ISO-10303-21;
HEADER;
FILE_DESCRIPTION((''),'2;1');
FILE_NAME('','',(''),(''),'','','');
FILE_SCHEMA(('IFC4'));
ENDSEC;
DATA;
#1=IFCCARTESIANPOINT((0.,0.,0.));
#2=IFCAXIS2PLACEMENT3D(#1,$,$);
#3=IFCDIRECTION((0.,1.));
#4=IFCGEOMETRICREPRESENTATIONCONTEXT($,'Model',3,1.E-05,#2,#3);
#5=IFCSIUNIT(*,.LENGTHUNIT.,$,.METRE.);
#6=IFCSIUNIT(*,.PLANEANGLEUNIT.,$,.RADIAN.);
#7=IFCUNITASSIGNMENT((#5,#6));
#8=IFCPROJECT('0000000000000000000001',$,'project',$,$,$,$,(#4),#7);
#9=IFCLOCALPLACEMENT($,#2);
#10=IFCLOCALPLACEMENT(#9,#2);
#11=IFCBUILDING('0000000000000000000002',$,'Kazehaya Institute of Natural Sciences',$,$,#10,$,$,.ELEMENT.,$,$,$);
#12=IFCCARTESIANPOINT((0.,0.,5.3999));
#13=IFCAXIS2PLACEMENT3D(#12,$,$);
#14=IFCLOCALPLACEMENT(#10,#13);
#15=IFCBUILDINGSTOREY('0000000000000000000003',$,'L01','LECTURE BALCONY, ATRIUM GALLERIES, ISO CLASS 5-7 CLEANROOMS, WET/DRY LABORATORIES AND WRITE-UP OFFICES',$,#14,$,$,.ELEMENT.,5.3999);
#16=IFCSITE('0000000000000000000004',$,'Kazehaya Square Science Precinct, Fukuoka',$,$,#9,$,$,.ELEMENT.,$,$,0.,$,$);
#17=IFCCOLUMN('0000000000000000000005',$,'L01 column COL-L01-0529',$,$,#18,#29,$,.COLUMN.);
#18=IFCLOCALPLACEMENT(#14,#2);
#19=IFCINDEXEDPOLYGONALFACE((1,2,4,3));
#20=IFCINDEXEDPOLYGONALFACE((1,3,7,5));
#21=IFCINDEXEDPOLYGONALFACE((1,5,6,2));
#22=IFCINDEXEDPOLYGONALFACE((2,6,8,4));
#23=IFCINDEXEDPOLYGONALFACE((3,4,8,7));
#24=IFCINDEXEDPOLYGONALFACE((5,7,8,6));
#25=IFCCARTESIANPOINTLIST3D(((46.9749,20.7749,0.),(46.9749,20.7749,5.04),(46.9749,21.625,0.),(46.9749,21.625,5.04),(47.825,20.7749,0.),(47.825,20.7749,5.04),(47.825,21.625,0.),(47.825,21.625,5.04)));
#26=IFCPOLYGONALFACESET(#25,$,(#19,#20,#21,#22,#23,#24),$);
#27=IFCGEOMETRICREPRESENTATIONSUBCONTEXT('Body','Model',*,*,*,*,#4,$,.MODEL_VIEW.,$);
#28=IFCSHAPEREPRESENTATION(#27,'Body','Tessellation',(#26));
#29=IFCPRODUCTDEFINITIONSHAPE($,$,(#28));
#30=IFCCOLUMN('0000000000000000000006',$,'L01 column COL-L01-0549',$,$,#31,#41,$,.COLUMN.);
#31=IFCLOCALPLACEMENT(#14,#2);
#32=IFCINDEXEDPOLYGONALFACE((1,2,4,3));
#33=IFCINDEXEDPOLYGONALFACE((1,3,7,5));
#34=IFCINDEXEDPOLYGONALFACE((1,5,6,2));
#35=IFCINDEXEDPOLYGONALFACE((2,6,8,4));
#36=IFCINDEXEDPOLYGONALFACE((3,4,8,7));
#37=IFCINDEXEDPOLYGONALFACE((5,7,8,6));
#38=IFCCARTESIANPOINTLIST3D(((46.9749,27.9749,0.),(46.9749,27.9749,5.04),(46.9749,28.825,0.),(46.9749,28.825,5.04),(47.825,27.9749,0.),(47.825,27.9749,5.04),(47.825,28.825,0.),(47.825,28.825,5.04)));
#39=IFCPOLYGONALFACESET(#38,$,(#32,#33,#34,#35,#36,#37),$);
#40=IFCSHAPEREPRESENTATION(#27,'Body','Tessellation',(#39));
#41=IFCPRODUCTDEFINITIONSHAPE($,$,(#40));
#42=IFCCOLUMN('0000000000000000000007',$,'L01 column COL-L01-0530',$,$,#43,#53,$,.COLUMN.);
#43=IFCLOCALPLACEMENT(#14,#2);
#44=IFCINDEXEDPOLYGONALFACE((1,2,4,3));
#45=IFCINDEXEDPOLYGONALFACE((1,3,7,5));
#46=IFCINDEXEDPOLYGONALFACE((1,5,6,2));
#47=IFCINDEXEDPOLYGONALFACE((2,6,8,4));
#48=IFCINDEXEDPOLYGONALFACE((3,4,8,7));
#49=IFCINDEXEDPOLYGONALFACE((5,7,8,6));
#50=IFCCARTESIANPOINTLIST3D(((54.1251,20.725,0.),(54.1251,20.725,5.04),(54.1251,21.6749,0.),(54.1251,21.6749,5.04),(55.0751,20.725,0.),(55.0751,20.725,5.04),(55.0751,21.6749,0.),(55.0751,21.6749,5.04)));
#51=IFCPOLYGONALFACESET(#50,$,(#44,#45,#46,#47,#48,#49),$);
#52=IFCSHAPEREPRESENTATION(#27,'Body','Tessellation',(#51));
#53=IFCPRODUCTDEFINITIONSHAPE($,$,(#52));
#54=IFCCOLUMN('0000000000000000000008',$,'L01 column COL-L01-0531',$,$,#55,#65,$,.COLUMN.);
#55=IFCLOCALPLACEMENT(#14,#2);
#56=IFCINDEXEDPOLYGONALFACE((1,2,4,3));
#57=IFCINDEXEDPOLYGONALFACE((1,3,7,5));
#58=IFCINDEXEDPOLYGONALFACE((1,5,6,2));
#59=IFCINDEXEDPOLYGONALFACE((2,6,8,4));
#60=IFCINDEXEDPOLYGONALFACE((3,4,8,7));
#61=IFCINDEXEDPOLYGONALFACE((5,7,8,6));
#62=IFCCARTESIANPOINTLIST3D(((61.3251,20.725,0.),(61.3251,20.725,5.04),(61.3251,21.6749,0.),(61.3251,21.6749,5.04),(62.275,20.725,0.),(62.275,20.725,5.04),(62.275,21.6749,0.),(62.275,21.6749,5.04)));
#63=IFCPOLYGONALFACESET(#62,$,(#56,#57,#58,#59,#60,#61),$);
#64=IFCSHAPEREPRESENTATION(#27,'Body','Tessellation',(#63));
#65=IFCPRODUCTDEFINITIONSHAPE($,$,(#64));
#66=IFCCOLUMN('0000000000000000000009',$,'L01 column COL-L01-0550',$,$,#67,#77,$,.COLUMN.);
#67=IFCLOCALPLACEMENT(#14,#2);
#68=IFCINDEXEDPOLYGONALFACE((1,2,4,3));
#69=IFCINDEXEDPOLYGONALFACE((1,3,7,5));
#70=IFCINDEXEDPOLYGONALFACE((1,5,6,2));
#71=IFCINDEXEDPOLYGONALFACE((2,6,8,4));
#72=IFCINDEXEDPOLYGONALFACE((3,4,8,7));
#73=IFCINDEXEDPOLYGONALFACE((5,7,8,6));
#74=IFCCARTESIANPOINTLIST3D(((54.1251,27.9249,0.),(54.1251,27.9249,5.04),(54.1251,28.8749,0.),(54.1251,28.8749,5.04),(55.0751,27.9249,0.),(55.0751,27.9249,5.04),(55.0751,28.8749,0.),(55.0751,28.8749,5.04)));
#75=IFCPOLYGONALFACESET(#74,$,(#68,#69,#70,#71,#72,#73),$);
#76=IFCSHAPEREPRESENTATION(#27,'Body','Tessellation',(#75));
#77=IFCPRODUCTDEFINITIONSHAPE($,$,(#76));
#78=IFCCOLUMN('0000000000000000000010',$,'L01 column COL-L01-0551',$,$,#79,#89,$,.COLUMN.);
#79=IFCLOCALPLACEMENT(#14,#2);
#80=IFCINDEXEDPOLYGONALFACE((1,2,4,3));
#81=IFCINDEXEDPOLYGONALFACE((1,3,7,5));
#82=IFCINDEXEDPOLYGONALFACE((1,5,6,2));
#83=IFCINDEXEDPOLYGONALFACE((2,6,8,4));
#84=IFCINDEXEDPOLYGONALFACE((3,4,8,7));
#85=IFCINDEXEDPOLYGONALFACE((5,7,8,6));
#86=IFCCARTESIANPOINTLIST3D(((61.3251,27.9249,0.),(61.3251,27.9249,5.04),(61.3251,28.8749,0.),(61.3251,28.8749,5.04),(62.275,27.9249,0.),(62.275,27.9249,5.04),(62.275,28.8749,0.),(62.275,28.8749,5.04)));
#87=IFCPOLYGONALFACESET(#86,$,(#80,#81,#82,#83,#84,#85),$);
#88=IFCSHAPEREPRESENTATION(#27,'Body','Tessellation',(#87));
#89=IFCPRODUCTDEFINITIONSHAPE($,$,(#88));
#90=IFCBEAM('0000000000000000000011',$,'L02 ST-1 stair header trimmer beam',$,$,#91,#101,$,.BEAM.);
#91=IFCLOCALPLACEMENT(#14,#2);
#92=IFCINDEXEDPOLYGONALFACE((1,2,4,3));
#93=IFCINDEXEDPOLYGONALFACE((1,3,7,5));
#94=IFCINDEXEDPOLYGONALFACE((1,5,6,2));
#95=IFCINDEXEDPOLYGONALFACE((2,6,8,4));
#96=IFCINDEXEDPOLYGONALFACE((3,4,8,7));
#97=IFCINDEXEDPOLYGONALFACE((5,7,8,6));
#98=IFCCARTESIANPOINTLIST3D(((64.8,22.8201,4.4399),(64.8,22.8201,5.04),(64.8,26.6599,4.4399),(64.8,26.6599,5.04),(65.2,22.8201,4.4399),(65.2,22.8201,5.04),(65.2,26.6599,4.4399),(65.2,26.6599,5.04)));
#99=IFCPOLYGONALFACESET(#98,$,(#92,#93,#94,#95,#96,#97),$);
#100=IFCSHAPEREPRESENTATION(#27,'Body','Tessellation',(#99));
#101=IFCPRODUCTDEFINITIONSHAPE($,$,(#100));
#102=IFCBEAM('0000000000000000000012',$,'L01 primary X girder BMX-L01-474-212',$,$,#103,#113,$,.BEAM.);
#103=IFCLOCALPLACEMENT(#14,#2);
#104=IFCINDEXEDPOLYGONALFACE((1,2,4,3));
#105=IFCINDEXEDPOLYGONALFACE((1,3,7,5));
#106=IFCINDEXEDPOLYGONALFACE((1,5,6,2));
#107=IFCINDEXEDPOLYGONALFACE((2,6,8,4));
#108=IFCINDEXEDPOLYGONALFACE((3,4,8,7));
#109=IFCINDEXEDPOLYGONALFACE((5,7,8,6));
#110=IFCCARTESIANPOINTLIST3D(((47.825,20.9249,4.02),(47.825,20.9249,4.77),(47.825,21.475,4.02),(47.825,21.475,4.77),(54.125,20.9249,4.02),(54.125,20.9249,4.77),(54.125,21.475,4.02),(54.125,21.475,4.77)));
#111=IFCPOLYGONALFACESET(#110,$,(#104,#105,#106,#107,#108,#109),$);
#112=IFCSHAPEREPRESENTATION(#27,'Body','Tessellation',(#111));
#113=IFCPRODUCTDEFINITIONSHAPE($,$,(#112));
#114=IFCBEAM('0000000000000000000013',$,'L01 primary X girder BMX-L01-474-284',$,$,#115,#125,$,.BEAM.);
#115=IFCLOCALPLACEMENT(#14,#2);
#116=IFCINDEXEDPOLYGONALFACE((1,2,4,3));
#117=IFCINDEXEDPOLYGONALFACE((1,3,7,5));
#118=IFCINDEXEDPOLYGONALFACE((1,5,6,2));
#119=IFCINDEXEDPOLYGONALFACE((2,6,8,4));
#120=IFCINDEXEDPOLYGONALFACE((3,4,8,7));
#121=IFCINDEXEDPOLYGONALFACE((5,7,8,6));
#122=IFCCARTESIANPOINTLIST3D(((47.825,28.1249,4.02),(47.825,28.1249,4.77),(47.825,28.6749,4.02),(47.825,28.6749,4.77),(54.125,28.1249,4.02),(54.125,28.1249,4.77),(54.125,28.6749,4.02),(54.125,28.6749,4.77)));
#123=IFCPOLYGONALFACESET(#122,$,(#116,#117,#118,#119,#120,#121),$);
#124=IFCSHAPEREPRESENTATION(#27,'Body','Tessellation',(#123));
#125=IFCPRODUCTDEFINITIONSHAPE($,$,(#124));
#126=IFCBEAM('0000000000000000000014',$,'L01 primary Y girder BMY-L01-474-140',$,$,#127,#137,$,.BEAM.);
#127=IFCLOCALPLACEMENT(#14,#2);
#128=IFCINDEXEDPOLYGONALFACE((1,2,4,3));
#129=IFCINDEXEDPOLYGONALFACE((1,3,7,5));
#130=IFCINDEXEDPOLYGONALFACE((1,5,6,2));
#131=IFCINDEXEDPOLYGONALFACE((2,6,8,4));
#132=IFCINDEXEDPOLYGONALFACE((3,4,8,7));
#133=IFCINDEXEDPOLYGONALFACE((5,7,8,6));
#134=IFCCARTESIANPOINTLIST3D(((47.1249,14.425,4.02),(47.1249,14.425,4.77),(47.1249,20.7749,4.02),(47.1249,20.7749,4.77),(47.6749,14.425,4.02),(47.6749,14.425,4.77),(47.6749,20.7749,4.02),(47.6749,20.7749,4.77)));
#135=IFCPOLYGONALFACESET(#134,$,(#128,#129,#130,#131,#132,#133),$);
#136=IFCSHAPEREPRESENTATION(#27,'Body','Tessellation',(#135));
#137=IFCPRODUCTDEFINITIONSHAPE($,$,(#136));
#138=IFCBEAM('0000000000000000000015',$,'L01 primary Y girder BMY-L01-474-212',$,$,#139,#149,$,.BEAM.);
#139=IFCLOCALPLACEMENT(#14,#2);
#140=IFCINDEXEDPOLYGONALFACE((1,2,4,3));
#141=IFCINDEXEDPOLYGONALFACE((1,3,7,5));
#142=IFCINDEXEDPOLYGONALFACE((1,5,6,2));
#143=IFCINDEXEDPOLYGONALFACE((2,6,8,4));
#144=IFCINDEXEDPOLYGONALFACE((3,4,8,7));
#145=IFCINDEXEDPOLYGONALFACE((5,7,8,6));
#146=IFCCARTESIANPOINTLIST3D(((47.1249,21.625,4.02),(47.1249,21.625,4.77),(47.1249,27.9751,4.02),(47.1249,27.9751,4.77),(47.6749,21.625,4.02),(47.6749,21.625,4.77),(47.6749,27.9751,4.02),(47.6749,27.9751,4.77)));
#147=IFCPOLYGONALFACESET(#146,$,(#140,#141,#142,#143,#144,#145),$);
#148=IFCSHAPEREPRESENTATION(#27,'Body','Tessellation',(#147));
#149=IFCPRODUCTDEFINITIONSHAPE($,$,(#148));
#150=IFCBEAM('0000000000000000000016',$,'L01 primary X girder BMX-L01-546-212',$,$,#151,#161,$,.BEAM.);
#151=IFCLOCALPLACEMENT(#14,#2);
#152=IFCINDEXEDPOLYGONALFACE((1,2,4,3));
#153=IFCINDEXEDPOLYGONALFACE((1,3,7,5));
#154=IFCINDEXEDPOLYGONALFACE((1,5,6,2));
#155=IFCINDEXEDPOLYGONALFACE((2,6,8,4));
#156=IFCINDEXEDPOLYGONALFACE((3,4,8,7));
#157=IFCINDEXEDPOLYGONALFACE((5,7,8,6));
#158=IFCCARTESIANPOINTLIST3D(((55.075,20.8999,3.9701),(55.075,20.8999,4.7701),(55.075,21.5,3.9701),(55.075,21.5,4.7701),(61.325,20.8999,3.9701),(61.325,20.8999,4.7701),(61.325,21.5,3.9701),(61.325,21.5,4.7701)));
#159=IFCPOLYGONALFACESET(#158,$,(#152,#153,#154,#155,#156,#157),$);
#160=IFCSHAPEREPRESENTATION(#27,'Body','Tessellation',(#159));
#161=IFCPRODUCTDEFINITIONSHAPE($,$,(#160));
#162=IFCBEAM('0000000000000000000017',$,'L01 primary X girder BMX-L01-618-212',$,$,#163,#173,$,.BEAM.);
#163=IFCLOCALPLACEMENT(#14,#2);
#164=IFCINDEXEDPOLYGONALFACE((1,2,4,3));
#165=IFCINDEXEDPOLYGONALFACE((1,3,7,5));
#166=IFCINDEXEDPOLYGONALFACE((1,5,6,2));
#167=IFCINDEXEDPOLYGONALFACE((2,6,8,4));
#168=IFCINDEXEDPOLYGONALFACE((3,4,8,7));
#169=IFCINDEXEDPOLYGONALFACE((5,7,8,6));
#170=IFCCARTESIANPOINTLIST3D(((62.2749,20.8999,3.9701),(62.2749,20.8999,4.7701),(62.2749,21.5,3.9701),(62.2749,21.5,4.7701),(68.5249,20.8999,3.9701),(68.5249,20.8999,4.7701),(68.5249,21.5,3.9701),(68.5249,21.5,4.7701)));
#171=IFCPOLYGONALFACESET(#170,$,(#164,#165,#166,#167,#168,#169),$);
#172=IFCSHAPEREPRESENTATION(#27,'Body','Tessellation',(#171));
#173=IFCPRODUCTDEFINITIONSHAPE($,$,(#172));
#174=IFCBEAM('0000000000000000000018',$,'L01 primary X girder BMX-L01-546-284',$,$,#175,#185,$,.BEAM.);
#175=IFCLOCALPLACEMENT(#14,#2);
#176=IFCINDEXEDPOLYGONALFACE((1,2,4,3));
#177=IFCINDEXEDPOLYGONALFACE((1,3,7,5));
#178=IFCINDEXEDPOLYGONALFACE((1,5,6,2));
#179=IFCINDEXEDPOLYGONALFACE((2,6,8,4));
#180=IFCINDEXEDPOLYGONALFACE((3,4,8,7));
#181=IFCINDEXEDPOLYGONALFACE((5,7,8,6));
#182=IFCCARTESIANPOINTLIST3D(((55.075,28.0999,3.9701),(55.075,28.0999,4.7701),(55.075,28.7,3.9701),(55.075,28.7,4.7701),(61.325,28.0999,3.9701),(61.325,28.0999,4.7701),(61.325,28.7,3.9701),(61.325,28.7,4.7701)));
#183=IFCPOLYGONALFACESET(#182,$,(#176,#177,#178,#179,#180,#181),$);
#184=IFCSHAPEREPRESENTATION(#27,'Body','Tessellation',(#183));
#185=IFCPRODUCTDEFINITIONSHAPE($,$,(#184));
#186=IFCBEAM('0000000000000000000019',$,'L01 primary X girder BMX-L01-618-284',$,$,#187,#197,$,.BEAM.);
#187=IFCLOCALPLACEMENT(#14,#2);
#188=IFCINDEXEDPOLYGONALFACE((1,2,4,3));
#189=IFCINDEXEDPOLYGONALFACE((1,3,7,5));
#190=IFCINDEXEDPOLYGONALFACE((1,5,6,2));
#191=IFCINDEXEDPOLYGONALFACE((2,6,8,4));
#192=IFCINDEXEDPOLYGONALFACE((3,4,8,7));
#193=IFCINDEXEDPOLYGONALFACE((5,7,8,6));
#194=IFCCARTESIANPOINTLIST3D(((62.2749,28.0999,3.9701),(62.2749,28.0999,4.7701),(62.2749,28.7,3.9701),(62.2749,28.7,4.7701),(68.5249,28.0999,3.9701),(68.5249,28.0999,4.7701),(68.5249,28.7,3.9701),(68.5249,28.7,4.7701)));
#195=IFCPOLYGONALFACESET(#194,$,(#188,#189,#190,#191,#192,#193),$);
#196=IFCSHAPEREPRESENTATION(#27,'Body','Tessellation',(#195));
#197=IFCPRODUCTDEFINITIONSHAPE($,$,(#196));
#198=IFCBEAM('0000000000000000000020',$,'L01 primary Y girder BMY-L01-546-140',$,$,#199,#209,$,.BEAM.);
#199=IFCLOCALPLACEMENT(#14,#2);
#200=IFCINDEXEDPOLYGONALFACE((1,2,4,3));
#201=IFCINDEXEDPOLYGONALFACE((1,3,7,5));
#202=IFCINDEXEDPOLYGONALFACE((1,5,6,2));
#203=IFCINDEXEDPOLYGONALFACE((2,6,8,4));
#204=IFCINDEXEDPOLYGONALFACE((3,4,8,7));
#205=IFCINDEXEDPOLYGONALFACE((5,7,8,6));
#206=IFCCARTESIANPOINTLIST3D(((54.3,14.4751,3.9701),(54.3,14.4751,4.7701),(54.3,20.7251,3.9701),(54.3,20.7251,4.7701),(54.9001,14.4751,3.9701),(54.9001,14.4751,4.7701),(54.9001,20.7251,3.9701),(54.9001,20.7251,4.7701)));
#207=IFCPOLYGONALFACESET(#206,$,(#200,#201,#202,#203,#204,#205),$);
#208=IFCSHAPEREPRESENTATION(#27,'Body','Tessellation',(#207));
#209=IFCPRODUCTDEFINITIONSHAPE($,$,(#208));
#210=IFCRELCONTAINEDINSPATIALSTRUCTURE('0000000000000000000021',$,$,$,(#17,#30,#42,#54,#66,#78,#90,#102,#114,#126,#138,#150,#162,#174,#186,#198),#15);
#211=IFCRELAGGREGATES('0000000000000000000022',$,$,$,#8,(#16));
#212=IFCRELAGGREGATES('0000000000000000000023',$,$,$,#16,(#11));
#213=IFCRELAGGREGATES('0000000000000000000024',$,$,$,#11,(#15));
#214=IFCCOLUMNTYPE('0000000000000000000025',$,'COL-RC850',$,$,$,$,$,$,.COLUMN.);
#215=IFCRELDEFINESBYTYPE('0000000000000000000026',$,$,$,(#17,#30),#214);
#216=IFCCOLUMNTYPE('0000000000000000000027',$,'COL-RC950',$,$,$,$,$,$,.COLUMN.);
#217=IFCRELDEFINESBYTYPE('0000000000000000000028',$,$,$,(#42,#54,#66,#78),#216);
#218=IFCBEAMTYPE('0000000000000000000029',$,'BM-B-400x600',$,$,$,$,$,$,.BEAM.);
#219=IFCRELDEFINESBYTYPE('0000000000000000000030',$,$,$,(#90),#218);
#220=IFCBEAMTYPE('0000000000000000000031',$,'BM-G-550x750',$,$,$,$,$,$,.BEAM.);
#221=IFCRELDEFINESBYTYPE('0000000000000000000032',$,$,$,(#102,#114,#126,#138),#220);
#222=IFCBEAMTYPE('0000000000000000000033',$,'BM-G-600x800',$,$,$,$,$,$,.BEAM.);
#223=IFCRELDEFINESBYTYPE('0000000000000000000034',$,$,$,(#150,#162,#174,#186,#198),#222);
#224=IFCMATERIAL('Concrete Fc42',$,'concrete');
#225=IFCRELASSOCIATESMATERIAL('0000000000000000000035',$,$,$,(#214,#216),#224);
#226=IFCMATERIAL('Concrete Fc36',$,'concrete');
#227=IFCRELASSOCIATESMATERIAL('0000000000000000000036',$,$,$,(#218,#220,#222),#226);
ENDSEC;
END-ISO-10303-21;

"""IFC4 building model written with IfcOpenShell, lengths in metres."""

from ifc_helpers import new_model, si_unit, direction, frame, origin, origin_2d, place, context, subcontext, project, spatial, rectangle, extrude, material, material_profile, profile_set, type_object, element, save


model = new_model("IFC4")

# Units and contexts
model_context = context("Model", 3, precision=1e-05, world=origin(), true_north=direction((0.0, 1.0)))
body_context = subcontext(model_context, "Body", "Model", "MODEL_VIEW")
ifc_project = project(units=[si_unit("LENGTHUNIT", "METRE"), si_unit("PLANEANGLEUNIT", "RADIAN")], contexts=[model_context])

# Site, building, storey
site_placement = place(None, origin())
site = spatial("IfcSite", under=ifc_project, at=site_placement, Name="Kazehaya Square Science Precinct, Fukuoka", CompositionType="ELEMENT", RefElevation=0.0)
building_placement = place(site_placement, origin())
building = spatial("IfcBuilding", under=site, at=building_placement, Name="Kazehaya Institute of Natural Sciences", CompositionType="ELEMENT")
storey_placement = place(building_placement, frame((0.0, 0.0, 5.3999)))
storey = spatial("IfcBuildingStorey", under=building, at=storey_placement, Name="L01", Description="LECTURE BALCONY, ATRIUM GALLERIES, ISO CLASS 5-7 CLEANROOMS, WET/DRY LABORATORIES AND WRITE-UP OFFICES", CompositionType="ELEMENT", Elevation=5.3999)

# Columns
ifc_material_1 = material(Name="Concrete Fc42", Category="concrete")
ifc_material_profile_1 = material_profile(ifc_material_1, rectangle(XDim=0.8501, YDim=0.8501, at=origin_2d()), Name="RC-850x850")
ifc_profile_set_1 = profile_set([ifc_material_profile_1], Name="Concrete Fc42")
column_type_1 = type_object("IfcColumnType", Name="COL-RC850", PredefinedType="COLUMN", material=ifc_profile_set_1)
for number, where, z_axis, x_axis, name in (
    (1, (47.3999, 21.2, 0.0), (0.0, 0.0, 1.0), (1.0, 0.0, 0.0), "L01 column COL-L01-0529"),
    (2, (47.3999, 28.3999, 0.0), (0.0, 0.0, 1.0), (1.0, 0.0, 0.0), "L01 column COL-L01-0549"),
):
    element("IfcColumn", number, at=place(storey_placement, frame(where, z_axis=z_axis, x_axis=x_axis)), inside=storey, type_object=column_type_1, Name=name, PredefinedType="COLUMN", context=body_context, shape_type="SweptSolid", body=[
        extrude(rectangle(XDim=0.8501, YDim=0.8501, at=origin_2d()), origin(), (0.0, 0.0, 1.0), 5.04),
    ])
ifc_material_profile_2 = material_profile(ifc_material_1, rectangle(XDim=0.95, YDim=0.95, at=origin_2d()), Name="RC-950x950")
ifc_profile_set_2 = profile_set([ifc_material_profile_2], Name="Concrete Fc42")
column_type_2 = type_object("IfcColumnType", Name="COL-RC950", PredefinedType="COLUMN", material=ifc_profile_set_2)
for number, where, z_axis, x_axis, name in (
    (3, (54.6001, 21.2, 0.0), (0.0, 0.0, 1.0), (1.0, 0.0, 0.0), "L01 column COL-L01-0530"),
    (4, (61.8, 21.2, 0.0), (0.0, 0.0, 1.0), (1.0, 0.0, 0.0), "L01 column COL-L01-0531"),
    (5, (54.6001, 28.3999, 0.0), (0.0, 0.0, 1.0), (1.0, 0.0, 0.0), "L01 column COL-L01-0550"),
    (6, (61.8, 28.3999, 0.0), (0.0, 0.0, 1.0), (1.0, 0.0, 0.0), "L01 column COL-L01-0551"),
):
    element("IfcColumn", number, at=place(storey_placement, frame(where, z_axis=z_axis, x_axis=x_axis)), inside=storey, type_object=column_type_2, Name=name, PredefinedType="COLUMN", context=body_context, shape_type="SweptSolid", body=[
        extrude(rectangle(XDim=0.95, YDim=0.95, at=origin_2d()), origin(), (0.0, 0.0, 1.0), 5.04),
    ])

# Beams
ifc_material_2 = material(Name="Concrete Fc36", Category="concrete")
ifc_material_profile_3 = material_profile(ifc_material_2, rectangle(XDim=0.3999, YDim=0.6001, at=origin_2d()), Name="RC-400x600")
ifc_profile_set_3 = profile_set([ifc_material_profile_3], Name="Concrete Fc36")
beam_type_1 = type_object("IfcBeamType", Name="BM-B-400x600", PredefinedType="BEAM", material=ifc_profile_set_3)
beam_1_placement = place(storey_placement, frame((65.0, 22.8201, 4.74), z_axis=(0.0, 1.0, 0.0), x_axis=(-1.0, 0.0, 0.0)))
element("IfcBeam", 7, at=beam_1_placement, inside=storey, type_object=beam_type_1, Name="L02 ST-1 stair header trimmer beam", PredefinedType="BEAM", context=body_context, shape_type="SweptSolid", body=[
    extrude(rectangle(XDim=0.3999, YDim=0.6001, at=origin_2d()), origin(), (0.0, 0.0, 1.0), 3.8398),
])
ifc_material_profile_4 = material_profile(ifc_material_2, rectangle(XDim=0.55, YDim=0.75, at=origin_2d()), Name="RC-550x750")
ifc_profile_set_4 = profile_set([ifc_material_profile_4], Name="Concrete Fc36")
beam_type_2 = type_object("IfcBeamType", Name="BM-G-550x750", PredefinedType="BEAM", material=ifc_profile_set_4)
for number, where, z_axis, x_axis, name in (
    (8, (47.825, 21.2, 4.395), (1.0, 0.0, 0.0), (0.0, 1.0, 0.0), "L01 primary X girder BMX-L01-474-212"),
    (9, (47.825, 28.3999, 4.395), (1.0, 0.0, 0.0), (0.0, 1.0, 0.0), "L01 primary X girder BMX-L01-474-284"),
):
    element("IfcBeam", number, at=place(storey_placement, frame(where, z_axis=z_axis, x_axis=x_axis)), inside=storey, type_object=beam_type_2, Name=name, PredefinedType="BEAM", context=body_context, shape_type="SweptSolid", body=[
        extrude(rectangle(XDim=0.55, YDim=0.75, at=origin_2d()), origin(), (0.0, 0.0, 1.0), 6.3),
    ])
beam_2_placement = place(storey_placement, frame((47.3999, 14.425, 4.395), z_axis=(0.0, 1.0, 0.0), x_axis=(-1.0, 0.0, 0.0)))
element("IfcBeam", 10, at=beam_2_placement, inside=storey, type_object=beam_type_2, Name="L01 primary Y girder BMY-L01-474-140", PredefinedType="BEAM", context=body_context, shape_type="SweptSolid", body=[
    extrude(rectangle(XDim=0.55, YDim=0.75, at=origin_2d()), origin(), (0.0, 0.0, 1.0), 6.3499),
])
beam_3_placement = place(storey_placement, frame((47.3999, 21.625, 4.395), z_axis=(0.0, 1.0, 0.0), x_axis=(-1.0, 0.0, 0.0)))
element("IfcBeam", 11, at=beam_3_placement, inside=storey, type_object=beam_type_2, Name="L01 primary Y girder BMY-L01-474-212", PredefinedType="BEAM", context=body_context, shape_type="SweptSolid", body=[
    extrude(rectangle(XDim=0.55, YDim=0.75, at=origin_2d()), origin(), (0.0, 0.0, 1.0), 6.3501),
])
ifc_material_profile_5 = material_profile(ifc_material_2, rectangle(XDim=0.6001, YDim=0.8, at=origin_2d()), Name="RC-600x800")
ifc_profile_set_5 = profile_set([ifc_material_profile_5], Name="Concrete Fc36")
beam_type_3 = type_object("IfcBeamType", Name="BM-G-600x800", PredefinedType="BEAM", material=ifc_profile_set_5)
for number, where, z_axis, x_axis, name in (
    (12, (55.075, 21.2, 4.3701), (1.0, 0.0, 0.0), (0.0, 1.0, 0.0), "L01 primary X girder BMX-L01-546-212"),
    (13, (62.2749, 21.2, 4.3701), (1.0, 0.0, 0.0), (0.0, 1.0, 0.0), "L01 primary X girder BMX-L01-618-212"),
    (14, (55.075, 28.3999, 4.3701), (1.0, 0.0, 0.0), (0.0, 1.0, 0.0), "L01 primary X girder BMX-L01-546-284"),
    (15, (62.2749, 28.3999, 4.3701), (1.0, 0.0, 0.0), (0.0, 1.0, 0.0), "L01 primary X girder BMX-L01-618-284"),
    (16, (54.6001, 14.4751, 4.3701), (0.0, 1.0, 0.0), (-1.0, 0.0, 0.0), "L01 primary Y girder BMY-L01-546-140"),
):
    element("IfcBeam", number, at=place(storey_placement, frame(where, z_axis=z_axis, x_axis=x_axis)), inside=storey, type_object=beam_type_3, Name=name, PredefinedType="BEAM", context=body_context, shape_type="SweptSolid", body=[
        extrude(rectangle(XDim=0.6001, YDim=0.8, at=origin_2d()), origin(), (0.0, 0.0, 1.0), 6.25),
    ])

save(model, "model.ifc")
